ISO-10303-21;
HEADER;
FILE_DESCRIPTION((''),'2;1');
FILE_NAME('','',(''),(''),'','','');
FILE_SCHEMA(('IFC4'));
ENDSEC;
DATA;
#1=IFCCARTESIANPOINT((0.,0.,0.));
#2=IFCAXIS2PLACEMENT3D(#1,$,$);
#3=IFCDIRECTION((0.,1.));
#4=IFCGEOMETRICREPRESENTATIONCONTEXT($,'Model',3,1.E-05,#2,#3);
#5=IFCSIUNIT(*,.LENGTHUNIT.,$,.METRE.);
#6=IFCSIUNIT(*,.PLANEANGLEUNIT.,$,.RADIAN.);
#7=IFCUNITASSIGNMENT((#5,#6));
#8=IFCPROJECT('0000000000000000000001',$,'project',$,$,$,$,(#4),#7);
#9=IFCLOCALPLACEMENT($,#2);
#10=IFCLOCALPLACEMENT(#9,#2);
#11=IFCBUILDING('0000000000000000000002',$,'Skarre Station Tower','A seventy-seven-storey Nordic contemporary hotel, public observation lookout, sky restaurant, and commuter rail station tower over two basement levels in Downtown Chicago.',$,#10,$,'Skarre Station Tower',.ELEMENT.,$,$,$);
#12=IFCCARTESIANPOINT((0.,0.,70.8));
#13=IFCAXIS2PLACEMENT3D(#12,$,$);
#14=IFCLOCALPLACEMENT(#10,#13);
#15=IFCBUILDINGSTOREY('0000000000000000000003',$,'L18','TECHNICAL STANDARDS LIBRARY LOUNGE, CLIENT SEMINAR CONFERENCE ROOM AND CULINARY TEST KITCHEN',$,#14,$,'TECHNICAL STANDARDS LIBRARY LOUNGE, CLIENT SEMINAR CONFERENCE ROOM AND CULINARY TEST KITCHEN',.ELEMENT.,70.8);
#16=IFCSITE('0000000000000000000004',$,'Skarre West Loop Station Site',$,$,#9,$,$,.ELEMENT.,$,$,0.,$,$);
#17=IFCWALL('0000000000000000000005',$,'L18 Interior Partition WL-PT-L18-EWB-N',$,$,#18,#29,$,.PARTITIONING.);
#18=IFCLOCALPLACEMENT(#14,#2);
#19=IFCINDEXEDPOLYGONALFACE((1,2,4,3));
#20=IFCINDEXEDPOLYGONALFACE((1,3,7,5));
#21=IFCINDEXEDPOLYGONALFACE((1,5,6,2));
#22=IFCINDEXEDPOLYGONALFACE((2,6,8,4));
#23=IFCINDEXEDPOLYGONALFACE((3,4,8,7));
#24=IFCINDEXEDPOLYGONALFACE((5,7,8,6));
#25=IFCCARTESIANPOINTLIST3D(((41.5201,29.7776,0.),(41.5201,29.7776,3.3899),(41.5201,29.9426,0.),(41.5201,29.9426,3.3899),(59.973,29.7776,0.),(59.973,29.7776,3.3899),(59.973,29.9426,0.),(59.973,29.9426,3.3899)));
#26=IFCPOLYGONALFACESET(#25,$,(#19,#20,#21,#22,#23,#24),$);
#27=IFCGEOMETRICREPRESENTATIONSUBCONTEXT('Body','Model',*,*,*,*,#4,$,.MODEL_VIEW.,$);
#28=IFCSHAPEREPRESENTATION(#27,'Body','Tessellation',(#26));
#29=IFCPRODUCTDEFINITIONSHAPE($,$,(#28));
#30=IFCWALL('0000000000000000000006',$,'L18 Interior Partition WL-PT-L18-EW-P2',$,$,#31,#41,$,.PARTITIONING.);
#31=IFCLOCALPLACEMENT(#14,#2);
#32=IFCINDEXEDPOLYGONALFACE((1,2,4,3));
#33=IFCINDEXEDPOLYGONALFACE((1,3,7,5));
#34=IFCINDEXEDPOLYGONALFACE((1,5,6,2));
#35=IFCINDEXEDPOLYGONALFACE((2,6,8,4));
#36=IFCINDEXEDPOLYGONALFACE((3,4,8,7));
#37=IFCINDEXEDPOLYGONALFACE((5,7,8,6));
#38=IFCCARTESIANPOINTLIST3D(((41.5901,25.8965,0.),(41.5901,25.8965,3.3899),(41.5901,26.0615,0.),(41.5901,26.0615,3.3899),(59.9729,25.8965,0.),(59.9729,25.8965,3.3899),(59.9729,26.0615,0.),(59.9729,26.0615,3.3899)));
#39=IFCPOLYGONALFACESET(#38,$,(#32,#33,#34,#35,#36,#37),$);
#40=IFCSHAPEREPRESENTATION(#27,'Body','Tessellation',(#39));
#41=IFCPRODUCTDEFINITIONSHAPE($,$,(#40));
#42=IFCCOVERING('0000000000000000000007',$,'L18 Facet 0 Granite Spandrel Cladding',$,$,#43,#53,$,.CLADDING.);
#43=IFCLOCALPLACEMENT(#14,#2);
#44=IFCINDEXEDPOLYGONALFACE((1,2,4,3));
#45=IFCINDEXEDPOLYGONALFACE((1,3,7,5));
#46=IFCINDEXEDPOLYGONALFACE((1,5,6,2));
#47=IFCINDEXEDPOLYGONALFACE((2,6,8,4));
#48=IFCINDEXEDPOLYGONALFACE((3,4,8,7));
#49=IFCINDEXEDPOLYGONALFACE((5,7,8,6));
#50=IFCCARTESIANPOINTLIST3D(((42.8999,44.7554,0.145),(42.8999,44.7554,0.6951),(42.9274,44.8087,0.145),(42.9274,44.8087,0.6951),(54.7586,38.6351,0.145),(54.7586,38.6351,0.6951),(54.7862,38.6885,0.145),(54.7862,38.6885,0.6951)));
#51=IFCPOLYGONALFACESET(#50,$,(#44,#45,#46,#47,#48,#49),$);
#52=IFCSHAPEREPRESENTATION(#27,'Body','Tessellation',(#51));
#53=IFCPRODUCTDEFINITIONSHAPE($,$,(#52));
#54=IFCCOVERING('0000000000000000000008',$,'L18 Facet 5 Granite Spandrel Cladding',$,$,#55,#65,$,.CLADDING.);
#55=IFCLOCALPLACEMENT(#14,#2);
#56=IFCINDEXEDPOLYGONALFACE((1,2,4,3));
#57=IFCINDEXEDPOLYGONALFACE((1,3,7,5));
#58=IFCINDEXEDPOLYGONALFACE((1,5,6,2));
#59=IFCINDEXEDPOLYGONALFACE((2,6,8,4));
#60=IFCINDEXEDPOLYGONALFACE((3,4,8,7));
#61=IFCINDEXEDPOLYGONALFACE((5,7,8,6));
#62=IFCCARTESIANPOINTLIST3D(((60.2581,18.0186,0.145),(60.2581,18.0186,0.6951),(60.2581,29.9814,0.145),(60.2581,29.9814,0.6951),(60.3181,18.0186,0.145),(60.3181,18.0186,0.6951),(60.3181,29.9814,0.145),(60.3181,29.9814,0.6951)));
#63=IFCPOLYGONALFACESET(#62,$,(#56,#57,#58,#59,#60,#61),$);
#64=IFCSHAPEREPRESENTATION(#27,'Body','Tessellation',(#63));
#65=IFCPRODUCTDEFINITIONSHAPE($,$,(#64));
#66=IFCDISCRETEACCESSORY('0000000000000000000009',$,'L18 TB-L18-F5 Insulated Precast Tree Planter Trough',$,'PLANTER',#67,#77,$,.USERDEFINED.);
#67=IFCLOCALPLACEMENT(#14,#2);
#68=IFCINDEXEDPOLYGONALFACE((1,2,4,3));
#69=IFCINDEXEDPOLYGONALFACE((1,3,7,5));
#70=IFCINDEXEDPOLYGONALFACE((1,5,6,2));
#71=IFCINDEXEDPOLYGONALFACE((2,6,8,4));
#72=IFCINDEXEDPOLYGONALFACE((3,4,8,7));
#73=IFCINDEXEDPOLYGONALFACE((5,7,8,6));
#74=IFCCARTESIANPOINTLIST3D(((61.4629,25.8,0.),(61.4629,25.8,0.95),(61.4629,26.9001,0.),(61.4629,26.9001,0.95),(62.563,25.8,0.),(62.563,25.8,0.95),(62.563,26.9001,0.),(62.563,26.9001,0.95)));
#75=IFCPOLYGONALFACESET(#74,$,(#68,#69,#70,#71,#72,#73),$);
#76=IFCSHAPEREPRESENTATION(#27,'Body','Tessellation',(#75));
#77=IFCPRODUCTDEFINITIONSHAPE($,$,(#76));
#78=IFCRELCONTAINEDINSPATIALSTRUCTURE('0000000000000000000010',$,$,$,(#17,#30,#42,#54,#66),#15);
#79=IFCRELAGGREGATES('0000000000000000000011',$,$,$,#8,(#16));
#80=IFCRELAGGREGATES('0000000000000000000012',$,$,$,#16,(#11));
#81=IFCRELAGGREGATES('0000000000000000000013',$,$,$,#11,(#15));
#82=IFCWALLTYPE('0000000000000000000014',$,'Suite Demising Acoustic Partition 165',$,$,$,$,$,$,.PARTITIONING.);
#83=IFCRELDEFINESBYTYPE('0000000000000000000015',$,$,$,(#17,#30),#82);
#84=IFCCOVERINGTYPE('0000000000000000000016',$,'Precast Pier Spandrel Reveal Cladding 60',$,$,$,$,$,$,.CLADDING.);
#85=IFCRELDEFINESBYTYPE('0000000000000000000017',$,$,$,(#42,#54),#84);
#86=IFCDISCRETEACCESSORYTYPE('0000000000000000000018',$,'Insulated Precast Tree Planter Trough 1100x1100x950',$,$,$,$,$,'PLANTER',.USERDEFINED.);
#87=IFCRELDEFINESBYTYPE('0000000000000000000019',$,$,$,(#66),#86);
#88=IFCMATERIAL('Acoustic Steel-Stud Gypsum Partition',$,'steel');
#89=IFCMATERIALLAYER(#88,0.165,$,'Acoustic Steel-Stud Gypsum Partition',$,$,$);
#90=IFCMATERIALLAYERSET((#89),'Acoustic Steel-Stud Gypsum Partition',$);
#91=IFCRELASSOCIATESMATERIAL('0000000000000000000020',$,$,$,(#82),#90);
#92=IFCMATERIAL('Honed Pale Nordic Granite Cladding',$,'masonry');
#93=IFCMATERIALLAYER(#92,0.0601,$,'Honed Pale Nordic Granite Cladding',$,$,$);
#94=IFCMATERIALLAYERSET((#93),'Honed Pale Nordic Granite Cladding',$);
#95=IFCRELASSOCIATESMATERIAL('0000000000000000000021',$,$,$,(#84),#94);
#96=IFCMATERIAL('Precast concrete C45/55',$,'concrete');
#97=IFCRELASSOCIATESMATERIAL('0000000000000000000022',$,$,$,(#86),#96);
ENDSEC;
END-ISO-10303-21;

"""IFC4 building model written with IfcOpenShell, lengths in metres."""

from ifc_helpers import new_model, si_unit, direction, frame, frame_2d, origin, origin_2d, place, context, subcontext, project, spatial, rectangle, extrude, material, layer, layer_set, type_object, element, save


model = new_model("IFC4")

# Units and contexts
model_context = context("Model", 3, precision=1e-05, world=origin(), true_north=direction((0.0, 1.0)))
body_context = subcontext(model_context, "Body", "Model", "MODEL_VIEW")
ifc_project = project(units=[si_unit("LENGTHUNIT", "METRE"), si_unit("PLANEANGLEUNIT", "RADIAN")], contexts=[model_context])

# Site, building, storey
site_placement = place(None, origin())
site = spatial("IfcSite", under=ifc_project, at=site_placement, Name="Skarre West Loop Station Site", CompositionType="ELEMENT", RefElevation=0.0)
building_placement = place(site_placement, origin())
building = spatial("IfcBuilding", under=site, at=building_placement, Name="Skarre Station Tower", Description="A seventy-seven-storey Nordic contemporary hotel, public observation lookout, sky restaurant, and commuter rail station tower over two basement levels in Downtown Chicago.", LongName="Skarre Station Tower", CompositionType="ELEMENT")
storey_placement = place(building_placement, frame((0.0, 0.0, 70.8)))
storey = spatial("IfcBuildingStorey", under=building, at=storey_placement, Name="L18", Description="TECHNICAL STANDARDS LIBRARY LOUNGE, CLIENT SEMINAR CONFERENCE ROOM AND CULINARY TEST KITCHEN", LongName="TECHNICAL STANDARDS LIBRARY LOUNGE, CLIENT SEMINAR CONFERENCE ROOM AND CULINARY TEST KITCHEN", CompositionType="ELEMENT", Elevation=70.8)

# Shared definitions
ifc_material_1 = material(Name="Acoustic Steel-Stud Gypsum Partition", Category="steel")

# Shared definitions
ifc_material_2 = material(Name="Precast concrete C45/55", Category="concrete")

# Walls
ifc_layer_1 = layer(ifc_material_1, 0.165, Name="Acoustic Steel-Stud Gypsum Partition")
ifc_layer_set_1 = layer_set([ifc_layer_1], Name="Acoustic Steel-Stud Gypsum Partition")
wall_type_1 = type_object("IfcWallType", Name="Suite Demising Acoustic Partition 165", PredefinedType="PARTITIONING", material=ifc_layer_set_1)
wall_1_placement = place(storey_placement, frame((41.52, 29.8601, 0.0), z_axis=(0.0, 0.0, 1.0), x_axis=(1.0, 0.0, 0.0)))
element("IfcWall", 1, at=wall_1_placement, inside=storey, type_object=wall_type_1, Name="L18 Interior Partition WL-PT-L18-EWB-N", PredefinedType="PARTITIONING", context=body_context, shape_type="SweptSolid", body=[
    extrude(rectangle(XDim=18.4529, YDim=0.165, at=frame_2d((9.2266, 0.0))), origin(), (0.0, 0.0, 1.0), 3.3899),
])
wall_2_placement = place(storey_placement, frame((41.5901, 25.979, 0.0), z_axis=(0.0, 0.0, 1.0), x_axis=(1.0, 0.0, 0.0)))
element("IfcWall", 2, at=wall_2_placement, inside=storey, type_object=wall_type_1, Name="L18 Interior Partition WL-PT-L18-EW-P2", PredefinedType="PARTITIONING", context=body_context, shape_type="SweptSolid", body=[
    extrude(rectangle(XDim=18.3828, YDim=0.165, at=frame_2d((9.1914, 0.0))), origin(), (0.0, 0.0, 1.0), 3.3899),
])

# Coverings
ifc_material_3 = material(Name="Honed Pale Nordic Granite Cladding", Category="masonry")
ifc_layer_2 = layer(ifc_material_3, 0.0601, Name="Honed Pale Nordic Granite Cladding")
ifc_layer_set_2 = layer_set([ifc_layer_2], Name="Honed Pale Nordic Granite Cladding")
covering_type = type_object("IfcCoveringType", Name="Precast Pier Spandrel Reveal Cladding 60", PredefinedType="CLADDING", material=ifc_layer_set_2)
covering_1_placement = place(storey_placement, frame((48.843, 41.7219, 0.145), z_axis=(0.0, 0.0, 1.0), x_axis=(-0.888633, 0.458619, 0.0)))
element("IfcCovering", 3, at=covering_1_placement, inside=storey, type_object=covering_type, Name="L18 Facet 0 Granite Spandrel Cladding", PredefinedType="CLADDING", context=body_context, shape_type="SweptSolid", body=[
    extrude(rectangle(XDim=13.345, YDim=0.0601, at=origin_2d()), origin(), (0.0, 0.0, 1.0), 0.55),
])
covering_2_placement = place(storey_placement, frame((60.2881, 24.0, 0.145), z_axis=(0.0, 0.0, 1.0), x_axis=(0.0, 1.0, 0.0)))
element("IfcCovering", 4, at=covering_2_placement, inside=storey, type_object=covering_type, Name="L18 Facet 5 Granite Spandrel Cladding", PredefinedType="CLADDING", context=body_context, shape_type="SweptSolid", body=[
    extrude(rectangle(XDim=11.9629, YDim=0.0601, at=origin_2d()), origin(), (0.0, 0.0, 1.0), 0.55),
])

# Discrete accessory
discrete_accessory_type = type_object("IfcDiscreteAccessoryType", Name="Insulated Precast Tree Planter Trough 1100x1100x950", ElementType="PLANTER", PredefinedType="USERDEFINED", material=ifc_material_2)
discrete_accessory_placement = place(storey_placement, frame((62.0129, 26.3501, 0.0), z_axis=(0.0, 0.0, 1.0), x_axis=(1.0, 0.0, 0.0)))
element("IfcDiscreteAccessory", 5, at=discrete_accessory_placement, inside=storey, type_object=discrete_accessory_type, Name="L18 TB-L18-F5 Insulated Precast Tree Planter Trough", ObjectType="PLANTER", PredefinedType="USERDEFINED", context=body_context, shape_type="SweptSolid", body=[
    extrude(rectangle(XDim=1.1001, YDim=1.1001, at=origin_2d()), origin(), (0.0, 0.0, 1.0), 0.95),
])

save(model, "model.ifc")
